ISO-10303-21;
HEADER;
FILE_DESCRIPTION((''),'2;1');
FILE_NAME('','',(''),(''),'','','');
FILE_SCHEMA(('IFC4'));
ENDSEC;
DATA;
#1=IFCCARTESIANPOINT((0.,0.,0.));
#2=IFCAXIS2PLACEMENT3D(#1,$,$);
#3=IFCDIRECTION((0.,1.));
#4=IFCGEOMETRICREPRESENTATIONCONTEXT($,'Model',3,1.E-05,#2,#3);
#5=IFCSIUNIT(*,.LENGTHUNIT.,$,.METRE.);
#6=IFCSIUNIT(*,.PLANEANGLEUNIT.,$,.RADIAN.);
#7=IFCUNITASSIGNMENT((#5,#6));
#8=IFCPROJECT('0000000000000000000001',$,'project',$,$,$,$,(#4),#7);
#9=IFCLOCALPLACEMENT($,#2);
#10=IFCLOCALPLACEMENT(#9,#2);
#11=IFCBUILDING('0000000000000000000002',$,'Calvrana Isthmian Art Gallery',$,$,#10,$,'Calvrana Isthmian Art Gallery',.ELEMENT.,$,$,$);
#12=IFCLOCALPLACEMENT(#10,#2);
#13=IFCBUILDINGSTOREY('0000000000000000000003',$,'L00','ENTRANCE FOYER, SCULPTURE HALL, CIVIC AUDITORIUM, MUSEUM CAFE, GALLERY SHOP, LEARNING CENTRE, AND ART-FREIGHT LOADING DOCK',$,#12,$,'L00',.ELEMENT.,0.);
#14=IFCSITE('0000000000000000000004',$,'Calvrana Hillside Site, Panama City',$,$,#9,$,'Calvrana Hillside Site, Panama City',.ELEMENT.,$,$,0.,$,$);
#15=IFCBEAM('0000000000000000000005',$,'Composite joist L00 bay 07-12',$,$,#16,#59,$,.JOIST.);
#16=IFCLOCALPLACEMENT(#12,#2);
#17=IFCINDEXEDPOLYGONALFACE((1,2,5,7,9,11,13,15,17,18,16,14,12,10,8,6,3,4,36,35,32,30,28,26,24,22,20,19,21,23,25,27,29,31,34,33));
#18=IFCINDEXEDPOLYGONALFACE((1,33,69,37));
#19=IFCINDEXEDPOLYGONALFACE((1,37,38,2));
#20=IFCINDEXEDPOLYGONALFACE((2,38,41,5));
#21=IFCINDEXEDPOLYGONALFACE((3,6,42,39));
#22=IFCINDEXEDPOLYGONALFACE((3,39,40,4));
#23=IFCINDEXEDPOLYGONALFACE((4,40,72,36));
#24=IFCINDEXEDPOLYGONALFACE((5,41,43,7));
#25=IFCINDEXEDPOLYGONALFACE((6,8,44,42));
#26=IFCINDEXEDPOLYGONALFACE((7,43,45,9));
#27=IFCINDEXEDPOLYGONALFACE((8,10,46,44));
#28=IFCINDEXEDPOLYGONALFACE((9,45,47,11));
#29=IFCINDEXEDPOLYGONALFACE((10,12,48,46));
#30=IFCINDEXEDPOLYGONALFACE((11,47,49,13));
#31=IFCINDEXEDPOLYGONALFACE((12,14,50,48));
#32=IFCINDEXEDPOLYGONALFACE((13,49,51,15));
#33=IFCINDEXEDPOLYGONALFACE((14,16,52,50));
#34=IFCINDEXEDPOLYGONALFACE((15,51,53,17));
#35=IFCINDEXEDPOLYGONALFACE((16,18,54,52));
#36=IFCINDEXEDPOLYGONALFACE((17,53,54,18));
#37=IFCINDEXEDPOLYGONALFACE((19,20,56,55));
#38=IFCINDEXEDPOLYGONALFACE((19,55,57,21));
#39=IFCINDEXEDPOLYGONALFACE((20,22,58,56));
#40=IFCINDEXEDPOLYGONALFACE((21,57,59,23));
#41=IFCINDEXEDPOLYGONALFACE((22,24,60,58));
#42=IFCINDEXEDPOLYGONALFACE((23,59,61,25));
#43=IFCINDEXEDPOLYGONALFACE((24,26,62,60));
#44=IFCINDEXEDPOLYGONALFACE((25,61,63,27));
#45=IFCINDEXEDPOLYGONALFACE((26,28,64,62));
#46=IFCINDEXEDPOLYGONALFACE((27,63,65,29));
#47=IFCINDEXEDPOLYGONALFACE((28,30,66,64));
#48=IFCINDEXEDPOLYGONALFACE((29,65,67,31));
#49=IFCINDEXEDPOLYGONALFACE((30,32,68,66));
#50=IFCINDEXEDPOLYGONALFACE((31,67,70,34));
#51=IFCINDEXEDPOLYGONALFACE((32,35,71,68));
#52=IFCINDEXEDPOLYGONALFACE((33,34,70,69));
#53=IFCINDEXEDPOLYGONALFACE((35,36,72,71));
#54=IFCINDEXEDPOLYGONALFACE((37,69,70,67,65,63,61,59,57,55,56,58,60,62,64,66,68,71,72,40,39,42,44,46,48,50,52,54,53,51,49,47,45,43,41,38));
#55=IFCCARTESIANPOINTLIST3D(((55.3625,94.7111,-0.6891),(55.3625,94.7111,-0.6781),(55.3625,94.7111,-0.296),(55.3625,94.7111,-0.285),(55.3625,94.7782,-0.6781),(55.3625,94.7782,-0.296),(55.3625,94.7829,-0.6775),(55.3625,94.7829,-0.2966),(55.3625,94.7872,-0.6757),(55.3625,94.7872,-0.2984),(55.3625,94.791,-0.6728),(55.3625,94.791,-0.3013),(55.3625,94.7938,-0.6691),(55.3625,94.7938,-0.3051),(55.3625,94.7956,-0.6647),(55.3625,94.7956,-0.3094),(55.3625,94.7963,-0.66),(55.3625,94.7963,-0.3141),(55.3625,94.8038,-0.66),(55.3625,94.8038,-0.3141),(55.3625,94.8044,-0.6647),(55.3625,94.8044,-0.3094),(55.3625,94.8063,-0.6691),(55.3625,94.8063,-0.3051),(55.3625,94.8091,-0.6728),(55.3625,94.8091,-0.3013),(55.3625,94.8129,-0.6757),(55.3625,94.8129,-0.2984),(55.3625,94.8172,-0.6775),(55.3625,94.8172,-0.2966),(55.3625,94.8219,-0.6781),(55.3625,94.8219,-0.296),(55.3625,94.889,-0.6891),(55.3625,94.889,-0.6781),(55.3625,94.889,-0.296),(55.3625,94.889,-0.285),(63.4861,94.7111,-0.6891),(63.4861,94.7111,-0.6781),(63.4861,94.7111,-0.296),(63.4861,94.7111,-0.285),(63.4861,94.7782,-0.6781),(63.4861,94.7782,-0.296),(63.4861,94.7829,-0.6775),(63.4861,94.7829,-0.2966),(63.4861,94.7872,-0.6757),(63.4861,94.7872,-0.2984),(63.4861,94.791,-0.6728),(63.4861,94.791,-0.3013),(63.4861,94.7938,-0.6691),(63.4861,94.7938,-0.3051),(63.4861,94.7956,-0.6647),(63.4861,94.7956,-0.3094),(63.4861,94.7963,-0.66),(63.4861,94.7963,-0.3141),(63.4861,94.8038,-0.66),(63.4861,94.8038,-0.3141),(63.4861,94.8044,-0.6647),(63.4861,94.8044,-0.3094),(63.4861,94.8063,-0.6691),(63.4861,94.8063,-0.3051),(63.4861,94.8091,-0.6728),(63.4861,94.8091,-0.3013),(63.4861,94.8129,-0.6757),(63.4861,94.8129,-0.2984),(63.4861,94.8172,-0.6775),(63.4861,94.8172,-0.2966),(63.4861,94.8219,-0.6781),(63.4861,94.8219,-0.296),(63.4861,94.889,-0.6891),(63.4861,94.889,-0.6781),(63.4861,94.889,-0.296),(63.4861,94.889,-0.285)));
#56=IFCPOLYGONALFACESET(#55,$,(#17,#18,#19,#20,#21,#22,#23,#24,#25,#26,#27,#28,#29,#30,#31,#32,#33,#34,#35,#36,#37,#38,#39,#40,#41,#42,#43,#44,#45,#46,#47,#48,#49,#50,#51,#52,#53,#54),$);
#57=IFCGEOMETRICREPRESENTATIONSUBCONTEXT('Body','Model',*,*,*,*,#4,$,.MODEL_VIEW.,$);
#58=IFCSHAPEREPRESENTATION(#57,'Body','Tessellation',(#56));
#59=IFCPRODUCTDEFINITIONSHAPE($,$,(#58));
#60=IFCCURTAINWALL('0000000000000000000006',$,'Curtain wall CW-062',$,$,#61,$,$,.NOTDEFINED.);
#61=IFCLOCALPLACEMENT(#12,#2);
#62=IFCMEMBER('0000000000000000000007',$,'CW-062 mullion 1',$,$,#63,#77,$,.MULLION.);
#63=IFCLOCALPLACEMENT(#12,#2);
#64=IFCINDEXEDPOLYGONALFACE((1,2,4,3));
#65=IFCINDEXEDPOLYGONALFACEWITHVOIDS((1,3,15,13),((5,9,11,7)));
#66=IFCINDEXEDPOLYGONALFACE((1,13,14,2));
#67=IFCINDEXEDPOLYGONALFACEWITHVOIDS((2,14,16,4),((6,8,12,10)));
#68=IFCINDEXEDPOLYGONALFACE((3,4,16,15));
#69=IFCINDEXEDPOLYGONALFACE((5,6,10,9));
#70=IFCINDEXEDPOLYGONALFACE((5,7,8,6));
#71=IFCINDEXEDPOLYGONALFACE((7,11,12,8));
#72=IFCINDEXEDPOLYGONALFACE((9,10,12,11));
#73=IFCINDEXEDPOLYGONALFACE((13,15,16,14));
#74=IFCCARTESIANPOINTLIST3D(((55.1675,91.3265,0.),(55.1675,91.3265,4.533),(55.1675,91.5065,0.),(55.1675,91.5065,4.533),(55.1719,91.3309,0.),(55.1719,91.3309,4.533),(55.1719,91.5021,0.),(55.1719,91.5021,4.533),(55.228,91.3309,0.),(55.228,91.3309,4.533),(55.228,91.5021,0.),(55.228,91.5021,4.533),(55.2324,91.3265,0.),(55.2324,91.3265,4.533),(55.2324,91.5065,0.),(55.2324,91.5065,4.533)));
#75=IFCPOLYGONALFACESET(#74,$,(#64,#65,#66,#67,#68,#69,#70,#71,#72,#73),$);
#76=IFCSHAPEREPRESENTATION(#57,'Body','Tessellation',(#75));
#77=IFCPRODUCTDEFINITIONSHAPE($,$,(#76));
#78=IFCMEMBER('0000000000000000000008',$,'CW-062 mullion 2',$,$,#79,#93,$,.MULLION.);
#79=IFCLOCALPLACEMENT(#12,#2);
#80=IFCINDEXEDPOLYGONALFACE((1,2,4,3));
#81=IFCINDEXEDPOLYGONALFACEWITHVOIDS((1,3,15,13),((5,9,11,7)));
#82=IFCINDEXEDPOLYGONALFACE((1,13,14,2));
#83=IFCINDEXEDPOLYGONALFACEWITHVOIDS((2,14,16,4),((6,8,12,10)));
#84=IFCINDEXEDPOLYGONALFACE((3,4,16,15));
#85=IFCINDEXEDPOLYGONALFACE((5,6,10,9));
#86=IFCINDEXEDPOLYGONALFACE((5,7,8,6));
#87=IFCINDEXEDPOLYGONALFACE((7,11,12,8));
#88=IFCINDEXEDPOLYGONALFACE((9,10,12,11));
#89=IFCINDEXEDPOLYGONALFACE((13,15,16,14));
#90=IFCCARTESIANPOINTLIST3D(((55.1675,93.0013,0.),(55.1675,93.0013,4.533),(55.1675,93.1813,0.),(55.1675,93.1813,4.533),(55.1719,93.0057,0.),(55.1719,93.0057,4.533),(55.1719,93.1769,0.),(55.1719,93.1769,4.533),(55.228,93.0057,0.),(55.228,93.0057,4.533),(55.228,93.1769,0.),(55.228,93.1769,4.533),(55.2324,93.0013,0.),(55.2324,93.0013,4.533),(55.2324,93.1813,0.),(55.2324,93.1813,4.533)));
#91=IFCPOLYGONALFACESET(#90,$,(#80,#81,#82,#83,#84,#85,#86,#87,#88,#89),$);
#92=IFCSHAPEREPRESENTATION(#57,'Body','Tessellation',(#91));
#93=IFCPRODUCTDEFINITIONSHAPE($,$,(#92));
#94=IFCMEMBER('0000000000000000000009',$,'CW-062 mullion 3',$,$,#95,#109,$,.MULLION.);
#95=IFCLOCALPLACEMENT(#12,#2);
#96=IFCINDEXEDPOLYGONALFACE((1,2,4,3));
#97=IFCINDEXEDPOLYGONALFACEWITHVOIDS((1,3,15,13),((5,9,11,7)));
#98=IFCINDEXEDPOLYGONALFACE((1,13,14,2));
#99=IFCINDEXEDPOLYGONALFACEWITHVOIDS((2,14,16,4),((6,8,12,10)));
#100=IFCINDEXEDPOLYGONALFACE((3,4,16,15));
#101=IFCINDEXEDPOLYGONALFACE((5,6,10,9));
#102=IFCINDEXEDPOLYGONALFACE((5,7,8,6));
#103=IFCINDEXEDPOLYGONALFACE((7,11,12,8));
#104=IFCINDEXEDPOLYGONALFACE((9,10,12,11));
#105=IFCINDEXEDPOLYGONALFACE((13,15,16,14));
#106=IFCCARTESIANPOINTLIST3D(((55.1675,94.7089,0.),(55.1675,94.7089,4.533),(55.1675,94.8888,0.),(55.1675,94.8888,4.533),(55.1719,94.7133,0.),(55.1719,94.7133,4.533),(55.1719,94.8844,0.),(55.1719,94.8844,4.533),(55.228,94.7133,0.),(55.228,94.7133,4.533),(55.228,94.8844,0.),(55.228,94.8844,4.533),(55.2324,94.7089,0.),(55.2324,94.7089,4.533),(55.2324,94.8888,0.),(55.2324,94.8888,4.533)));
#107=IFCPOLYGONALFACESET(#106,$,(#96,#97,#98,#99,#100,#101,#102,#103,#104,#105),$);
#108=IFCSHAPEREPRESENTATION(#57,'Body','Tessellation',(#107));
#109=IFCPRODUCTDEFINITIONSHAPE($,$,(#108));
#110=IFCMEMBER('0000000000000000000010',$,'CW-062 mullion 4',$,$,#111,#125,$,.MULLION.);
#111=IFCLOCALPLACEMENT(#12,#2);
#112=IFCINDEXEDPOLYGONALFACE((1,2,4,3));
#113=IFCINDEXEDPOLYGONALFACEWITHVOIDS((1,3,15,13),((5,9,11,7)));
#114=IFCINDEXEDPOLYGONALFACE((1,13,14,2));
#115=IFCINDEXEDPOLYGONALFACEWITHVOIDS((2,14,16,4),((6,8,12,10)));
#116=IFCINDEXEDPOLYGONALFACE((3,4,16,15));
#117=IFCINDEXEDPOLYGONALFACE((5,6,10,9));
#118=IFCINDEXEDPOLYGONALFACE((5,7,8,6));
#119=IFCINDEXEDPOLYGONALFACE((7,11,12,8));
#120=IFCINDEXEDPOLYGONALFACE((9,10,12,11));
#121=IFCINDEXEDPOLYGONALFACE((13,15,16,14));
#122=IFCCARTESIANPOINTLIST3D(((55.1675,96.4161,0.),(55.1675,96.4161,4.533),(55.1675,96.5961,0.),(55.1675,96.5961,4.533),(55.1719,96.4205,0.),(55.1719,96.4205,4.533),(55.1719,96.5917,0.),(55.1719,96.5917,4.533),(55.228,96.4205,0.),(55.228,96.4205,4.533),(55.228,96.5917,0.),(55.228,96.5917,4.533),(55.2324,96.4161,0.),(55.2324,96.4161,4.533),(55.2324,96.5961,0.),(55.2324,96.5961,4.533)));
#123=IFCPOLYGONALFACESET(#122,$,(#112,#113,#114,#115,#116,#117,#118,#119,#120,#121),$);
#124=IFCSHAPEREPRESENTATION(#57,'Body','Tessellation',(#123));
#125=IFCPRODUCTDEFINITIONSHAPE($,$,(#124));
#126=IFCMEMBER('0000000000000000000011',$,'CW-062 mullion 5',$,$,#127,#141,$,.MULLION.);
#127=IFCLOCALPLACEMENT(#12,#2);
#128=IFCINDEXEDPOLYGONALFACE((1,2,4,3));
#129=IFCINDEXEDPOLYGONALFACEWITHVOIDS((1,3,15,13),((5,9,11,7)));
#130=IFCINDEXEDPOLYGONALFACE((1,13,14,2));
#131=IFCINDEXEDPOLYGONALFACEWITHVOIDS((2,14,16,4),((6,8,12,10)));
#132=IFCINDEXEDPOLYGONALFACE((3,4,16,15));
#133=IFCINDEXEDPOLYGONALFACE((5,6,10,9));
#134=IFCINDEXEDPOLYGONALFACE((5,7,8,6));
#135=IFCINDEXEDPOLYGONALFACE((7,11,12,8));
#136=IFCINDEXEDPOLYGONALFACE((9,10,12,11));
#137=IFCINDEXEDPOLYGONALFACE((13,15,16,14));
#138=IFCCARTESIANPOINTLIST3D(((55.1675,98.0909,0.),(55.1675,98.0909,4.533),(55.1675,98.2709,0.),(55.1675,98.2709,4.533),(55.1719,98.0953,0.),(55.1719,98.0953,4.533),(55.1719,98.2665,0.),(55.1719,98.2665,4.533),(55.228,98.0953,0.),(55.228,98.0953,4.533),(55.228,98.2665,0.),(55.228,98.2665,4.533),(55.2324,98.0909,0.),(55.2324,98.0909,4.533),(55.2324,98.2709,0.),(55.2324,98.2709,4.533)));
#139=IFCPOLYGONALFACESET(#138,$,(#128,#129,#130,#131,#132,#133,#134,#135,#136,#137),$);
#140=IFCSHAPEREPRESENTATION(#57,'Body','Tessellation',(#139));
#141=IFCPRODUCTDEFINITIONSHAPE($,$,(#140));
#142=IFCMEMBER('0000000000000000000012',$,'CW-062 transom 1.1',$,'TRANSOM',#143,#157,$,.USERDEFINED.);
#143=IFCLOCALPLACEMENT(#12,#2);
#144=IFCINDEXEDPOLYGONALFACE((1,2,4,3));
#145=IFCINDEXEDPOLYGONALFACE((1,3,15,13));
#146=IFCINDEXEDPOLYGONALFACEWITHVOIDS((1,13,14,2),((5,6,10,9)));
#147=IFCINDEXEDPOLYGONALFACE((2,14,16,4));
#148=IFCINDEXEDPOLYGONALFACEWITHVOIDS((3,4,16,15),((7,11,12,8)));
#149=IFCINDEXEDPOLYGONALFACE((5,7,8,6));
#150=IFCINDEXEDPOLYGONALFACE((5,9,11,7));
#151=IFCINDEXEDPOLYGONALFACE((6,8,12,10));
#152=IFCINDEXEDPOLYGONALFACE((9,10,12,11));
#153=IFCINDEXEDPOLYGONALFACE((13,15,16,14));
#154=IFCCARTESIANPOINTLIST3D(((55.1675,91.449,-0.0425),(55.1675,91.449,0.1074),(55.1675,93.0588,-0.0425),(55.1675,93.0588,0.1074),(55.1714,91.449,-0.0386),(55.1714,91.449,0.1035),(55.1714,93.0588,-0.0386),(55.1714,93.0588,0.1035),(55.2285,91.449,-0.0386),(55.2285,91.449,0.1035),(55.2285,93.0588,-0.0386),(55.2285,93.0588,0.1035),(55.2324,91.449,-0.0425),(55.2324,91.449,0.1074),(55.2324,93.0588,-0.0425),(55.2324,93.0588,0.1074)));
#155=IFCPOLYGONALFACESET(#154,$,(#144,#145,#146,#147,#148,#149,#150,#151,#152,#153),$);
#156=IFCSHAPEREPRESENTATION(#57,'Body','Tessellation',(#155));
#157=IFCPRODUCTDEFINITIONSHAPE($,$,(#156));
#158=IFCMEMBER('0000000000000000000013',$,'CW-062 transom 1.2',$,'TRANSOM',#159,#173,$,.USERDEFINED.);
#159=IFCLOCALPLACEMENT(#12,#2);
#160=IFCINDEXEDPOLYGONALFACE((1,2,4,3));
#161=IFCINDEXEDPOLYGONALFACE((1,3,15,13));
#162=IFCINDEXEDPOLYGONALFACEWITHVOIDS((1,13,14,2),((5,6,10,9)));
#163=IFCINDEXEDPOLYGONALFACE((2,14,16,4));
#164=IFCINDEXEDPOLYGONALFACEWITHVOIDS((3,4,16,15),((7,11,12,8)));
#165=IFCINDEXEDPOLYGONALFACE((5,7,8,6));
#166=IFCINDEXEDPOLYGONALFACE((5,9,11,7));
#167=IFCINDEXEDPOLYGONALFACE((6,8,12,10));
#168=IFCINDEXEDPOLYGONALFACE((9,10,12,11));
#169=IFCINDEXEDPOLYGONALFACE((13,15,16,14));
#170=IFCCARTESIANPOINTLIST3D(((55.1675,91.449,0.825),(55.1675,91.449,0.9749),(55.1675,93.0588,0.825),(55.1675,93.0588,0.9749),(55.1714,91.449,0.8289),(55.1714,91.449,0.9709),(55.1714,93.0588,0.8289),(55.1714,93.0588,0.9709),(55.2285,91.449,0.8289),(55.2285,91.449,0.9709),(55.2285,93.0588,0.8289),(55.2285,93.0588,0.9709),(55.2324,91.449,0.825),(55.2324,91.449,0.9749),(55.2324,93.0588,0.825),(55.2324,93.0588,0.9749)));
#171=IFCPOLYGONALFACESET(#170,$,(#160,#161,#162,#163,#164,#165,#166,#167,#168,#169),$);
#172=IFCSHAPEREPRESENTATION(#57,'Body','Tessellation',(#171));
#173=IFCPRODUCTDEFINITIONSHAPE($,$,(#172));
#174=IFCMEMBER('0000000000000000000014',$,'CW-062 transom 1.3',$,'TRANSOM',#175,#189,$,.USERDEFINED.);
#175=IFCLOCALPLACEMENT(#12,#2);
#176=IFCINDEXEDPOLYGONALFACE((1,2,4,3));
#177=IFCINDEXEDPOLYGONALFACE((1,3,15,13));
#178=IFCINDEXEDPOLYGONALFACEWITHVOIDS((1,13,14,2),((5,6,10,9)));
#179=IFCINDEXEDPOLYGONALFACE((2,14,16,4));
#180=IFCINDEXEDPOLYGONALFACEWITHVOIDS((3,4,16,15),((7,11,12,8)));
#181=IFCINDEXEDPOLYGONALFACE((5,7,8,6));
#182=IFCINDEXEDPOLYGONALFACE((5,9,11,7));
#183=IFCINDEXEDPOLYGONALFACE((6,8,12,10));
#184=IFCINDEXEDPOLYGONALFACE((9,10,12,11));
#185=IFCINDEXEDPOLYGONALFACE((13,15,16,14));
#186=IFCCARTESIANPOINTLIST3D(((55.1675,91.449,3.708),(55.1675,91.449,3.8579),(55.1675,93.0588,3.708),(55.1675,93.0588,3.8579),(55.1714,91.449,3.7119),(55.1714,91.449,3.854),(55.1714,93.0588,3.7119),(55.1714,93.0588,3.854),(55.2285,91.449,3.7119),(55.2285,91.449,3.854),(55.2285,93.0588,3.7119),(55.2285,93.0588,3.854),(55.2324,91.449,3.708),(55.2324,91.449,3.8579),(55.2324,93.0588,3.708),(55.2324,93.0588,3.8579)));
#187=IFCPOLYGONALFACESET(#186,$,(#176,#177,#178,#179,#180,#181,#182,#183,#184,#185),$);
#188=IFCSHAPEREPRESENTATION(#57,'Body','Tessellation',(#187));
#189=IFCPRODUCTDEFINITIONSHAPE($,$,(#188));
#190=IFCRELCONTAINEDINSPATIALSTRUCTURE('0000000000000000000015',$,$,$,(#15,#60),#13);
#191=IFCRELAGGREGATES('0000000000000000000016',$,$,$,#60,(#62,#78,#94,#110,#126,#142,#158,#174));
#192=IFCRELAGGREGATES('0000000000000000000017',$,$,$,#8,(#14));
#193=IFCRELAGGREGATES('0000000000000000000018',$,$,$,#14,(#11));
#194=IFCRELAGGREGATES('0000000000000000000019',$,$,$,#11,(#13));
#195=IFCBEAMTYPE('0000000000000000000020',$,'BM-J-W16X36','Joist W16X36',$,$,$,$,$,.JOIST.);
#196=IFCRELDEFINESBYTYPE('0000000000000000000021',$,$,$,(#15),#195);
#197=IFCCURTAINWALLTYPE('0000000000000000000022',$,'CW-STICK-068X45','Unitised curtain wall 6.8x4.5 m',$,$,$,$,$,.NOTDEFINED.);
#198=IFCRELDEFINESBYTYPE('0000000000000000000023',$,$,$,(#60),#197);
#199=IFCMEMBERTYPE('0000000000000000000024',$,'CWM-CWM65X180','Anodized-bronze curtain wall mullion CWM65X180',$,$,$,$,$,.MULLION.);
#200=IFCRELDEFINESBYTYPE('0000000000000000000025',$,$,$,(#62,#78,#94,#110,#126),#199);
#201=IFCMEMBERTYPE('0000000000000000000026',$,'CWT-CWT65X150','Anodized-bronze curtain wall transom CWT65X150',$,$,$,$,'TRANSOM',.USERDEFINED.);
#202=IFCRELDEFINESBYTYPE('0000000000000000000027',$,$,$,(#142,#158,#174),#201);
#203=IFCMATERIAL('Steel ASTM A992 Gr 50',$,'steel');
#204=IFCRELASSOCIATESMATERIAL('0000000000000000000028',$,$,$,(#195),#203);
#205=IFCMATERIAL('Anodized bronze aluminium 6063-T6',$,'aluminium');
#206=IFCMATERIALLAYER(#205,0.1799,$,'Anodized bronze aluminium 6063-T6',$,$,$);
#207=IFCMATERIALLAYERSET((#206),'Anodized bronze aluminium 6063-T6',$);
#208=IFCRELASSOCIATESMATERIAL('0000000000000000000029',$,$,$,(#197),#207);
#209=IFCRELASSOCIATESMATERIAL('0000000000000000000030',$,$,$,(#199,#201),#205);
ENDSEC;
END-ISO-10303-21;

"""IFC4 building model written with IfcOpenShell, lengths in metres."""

from ifc_helpers import new_model, si_unit, direction, frame, origin, origin_2d, place, context, subcontext, project, spatial, hollow_rectangle, i_section, extrude, material, layer, layer_set, material_profile, profile_set, type_object, element, aggregate, save


model = new_model("IFC4")

# Units and contexts
model_context = context("Model", 3, precision=1e-05, world=origin(), true_north=direction((0.0, 1.0)))
body_context = subcontext(model_context, "Body", "Model", "MODEL_VIEW")
ifc_project = project(units=[si_unit("LENGTHUNIT", "METRE"), si_unit("PLANEANGLEUNIT", "RADIAN")], contexts=[model_context])

# Site, building, storey
site_placement = place(None, origin())
site = spatial("IfcSite", under=ifc_project, at=site_placement, Name="Calvrana Hillside Site, Panama City", LongName="Calvrana Hillside Site, Panama City", CompositionType="ELEMENT", RefElevation=0.0)
building_placement = place(site_placement, origin())
building = spatial("IfcBuilding", under=site, at=building_placement, Name="Calvrana Isthmian Art Gallery", LongName="Calvrana Isthmian Art Gallery", CompositionType="ELEMENT")
storey_placement = place(building_placement, origin())
storey = spatial("IfcBuildingStorey", under=building, at=storey_placement, Name="L00", Description="ENTRANCE FOYER, SCULPTURE HALL, CIVIC AUDITORIUM, MUSEUM CAFE, GALLERY SHOP, LEARNING CENTRE, AND ART-FREIGHT LOADING DOCK", LongName="L00", CompositionType="ELEMENT", Elevation=0.0)

# Beam
ifc_material_1 = material(Name="Steel ASTM A992 Gr 50", Category="steel")
ifc_material_profile_1 = material_profile(ifc_material_1, i_section(OverallWidth=0.178, OverallDepth=0.4041, WebThickness=0.0076, FlangeThickness=0.011, FilletRadius=0.0181, at=origin_2d()), Name="W16X36")
ifc_profile_set_1 = profile_set([ifc_material_profile_1], Name="Steel ASTM A992 Gr 50")
beam_type = type_object("IfcBeamType", Name="BM-J-W16X36", Description="Joist W16X36", PredefinedType="JOIST", material=ifc_profile_set_1)
beam_placement = place(storey_placement, frame((55.3625, 94.8, -0.4871), z_axis=(1.0, 0.0, 0.0), x_axis=(0.0, 1.0, 0.0)))
element("IfcBeam", 1, at=beam_placement, inside=storey, type_object=beam_type, Name="Composite joist L00 bay 07-12", PredefinedType="JOIST", context=body_context, shape_type="SweptSolid", body=[
    extrude(i_section(OverallWidth=0.178, OverallDepth=0.4041, WebThickness=0.0076, FlangeThickness=0.011, FilletRadius=0.0181, at=origin_2d()), origin(), (0.0, 0.0, 1.0), 8.1235),
])

# Curtain wall, members
ifc_material_2 = material(Name="Anodized bronze aluminium 6063-T6", Category="aluminium")
ifc_layer_1 = layer(ifc_material_2, 0.1799, Name="Anodized bronze aluminium 6063-T6")
ifc_layer_set_1 = layer_set([ifc_layer_1], Name="Anodized bronze aluminium 6063-T6")
curtain_wall_type = type_object("IfcCurtainWallType", Name="CW-STICK-068X45", Description="Unitised curtain wall 6.8x4.5 m", PredefinedType="NOTDEFINED", material=ifc_layer_set_1)
curtain_wall_placement = place(storey_placement, origin())
curtain_wall = element("IfcCurtainWall", 2, at=curtain_wall_placement, inside=storey, type_object=curtain_wall_type, Name="Curtain wall CW-062", PredefinedType="NOTDEFINED")
ifc_material_profile_2 = material_profile(ifc_material_2, hollow_rectangle(XDim=0.0649, YDim=0.1799, WallThickness=0.0044, at=origin_2d()), Name="CWM65X180")
ifc_profile_set_2 = profile_set([ifc_material_profile_2], Name="Anodized bronze aluminium 6063-T6")
member_type_1 = type_object("IfcMemberType", Name="CWM-CWM65X180", Description="Anodized-bronze curtain wall mullion CWM65X180", PredefinedType="MULLION", material=ifc_profile_set_2)
member_1_placement = place(storey_placement, frame((55.2, 91.4165, 0.0), z_axis=(0.0, 0.0, 1.0), x_axis=(-1.0, 0.0, 0.0)))
member_1 = element("IfcMember", 3, at=member_1_placement, type_object=member_type_1, Name="CW-062 mullion 1", PredefinedType="MULLION", context=body_context, shape_type="SweptSolid", body=[
    extrude(hollow_rectangle(XDim=0.0649, YDim=0.1799, WallThickness=0.0044, at=origin_2d()), origin(), (0.0, 0.0, 1.0), 4.533),
])
member_2_placement = place(storey_placement, frame((55.2, 93.0913, 0.0), z_axis=(0.0, 0.0, 1.0), x_axis=(-1.0, 0.0, 0.0)))
member_2 = element("IfcMember", 4, at=member_2_placement, type_object=member_type_1, Name="CW-062 mullion 2", PredefinedType="MULLION", context=body_context, shape_type="SweptSolid", body=[
    extrude(hollow_rectangle(XDim=0.0649, YDim=0.1799, WallThickness=0.0044, at=origin_2d()), origin(), (0.0, 0.0, 1.0), 4.533),
])
member_3_placement = place(storey_placement, frame((55.2, 94.7988, 0.0), z_axis=(0.0, 0.0, 1.0), x_axis=(-1.0, 0.0, 0.0)))
member_3 = element("IfcMember", 5, at=member_3_placement, type_object=member_type_1, Name="CW-062 mullion 3", PredefinedType="MULLION", context=body_context, shape_type="SweptSolid", body=[
    extrude(hollow_rectangle(XDim=0.0649, YDim=0.1799, WallThickness=0.0044, at=origin_2d()), origin(), (0.0, 0.0, 1.0), 4.533),
])
member_4_placement = place(storey_placement, frame((55.2, 96.5061, 0.0), z_axis=(0.0, 0.0, 1.0), x_axis=(-1.0, 0.0, 0.0)))
member_4 = element("IfcMember", 6, at=member_4_placement, type_object=member_type_1, Name="CW-062 mullion 4", PredefinedType="MULLION", context=body_context, shape_type="SweptSolid", body=[
    extrude(hollow_rectangle(XDim=0.0649, YDim=0.1799, WallThickness=0.0044, at=origin_2d()), origin(), (0.0, 0.0, 1.0), 4.533),
])
member_5_placement = place(storey_placement, frame((55.2, 98.1809, 0.0), z_axis=(0.0, 0.0, 1.0), x_axis=(-1.0, 0.0, 0.0)))
member_5 = element("IfcMember", 7, at=member_5_placement, type_object=member_type_1, Name="CW-062 mullion 5", PredefinedType="MULLION", context=body_context, shape_type="SweptSolid", body=[
    extrude(hollow_rectangle(XDim=0.0649, YDim=0.1799, WallThickness=0.0044, at=origin_2d()), origin(), (0.0, 0.0, 1.0), 4.533),
])
ifc_material_profile_3 = material_profile(ifc_material_2, hollow_rectangle(XDim=0.0649, YDim=0.1499, WallThickness=0.0039, at=origin_2d()), Name="CWT65X150")
ifc_profile_set_3 = profile_set([ifc_material_profile_3], Name="Anodized bronze aluminium 6063-T6")
member_type_2 = type_object("IfcMemberType", Name="CWT-CWT65X150", Description="Anodized-bronze curtain wall transom CWT65X150", ElementType="TRANSOM", PredefinedType="USERDEFINED", material=ifc_profile_set_3)
member_6_placement = place(storey_placement, frame((55.2, 91.449, 0.0325), z_axis=(0.0, 1.0, 0.0), x_axis=(-1.0, 0.0, 0.0)))
member_6 = element("IfcMember", 8, at=member_6_placement, type_object=member_type_2, Name="CW-062 transom 1.1", ObjectType="TRANSOM", PredefinedType="USERDEFINED", context=body_context, shape_type="SweptSolid", body=[
    extrude(hollow_rectangle(XDim=0.0649, YDim=0.1499, WallThickness=0.0039, at=origin_2d()), origin(), (0.0, 0.0, 1.0), 1.6099),
])
member_7_placement = place(storey_placement, frame((55.2, 91.449, 0.8999), z_axis=(0.0, 1.0, 0.0), x_axis=(-1.0, 0.0, 0.0)))
member_7 = element("IfcMember", 9, at=member_7_placement, type_object=member_type_2, Name="CW-062 transom 1.2", ObjectType="TRANSOM", PredefinedType="USERDEFINED", context=body_context, shape_type="SweptSolid", body=[
    extrude(hollow_rectangle(XDim=0.0649, YDim=0.1499, WallThickness=0.0039, at=origin_2d()), origin(), (0.0, 0.0, 1.0), 1.6099),
])
member_8_placement = place(storey_placement, frame((55.2, 91.449, 3.783), z_axis=(0.0, 1.0, 0.0), x_axis=(-1.0, 0.0, 0.0)))
member_8 = element("IfcMember", 10, at=member_8_placement, type_object=member_type_2, Name="CW-062 transom 1.3", ObjectType="TRANSOM", PredefinedType="USERDEFINED", context=body_context, shape_type="SweptSolid", body=[
    extrude(hollow_rectangle(XDim=0.0649, YDim=0.1499, WallThickness=0.0039, at=origin_2d()), origin(), (0.0, 0.0, 1.0), 1.6099),
])
aggregate(curtain_wall, [member_1, member_2, member_3, member_4, member_5, member_6, member_7, member_8])

save(model, "model.ifc")
